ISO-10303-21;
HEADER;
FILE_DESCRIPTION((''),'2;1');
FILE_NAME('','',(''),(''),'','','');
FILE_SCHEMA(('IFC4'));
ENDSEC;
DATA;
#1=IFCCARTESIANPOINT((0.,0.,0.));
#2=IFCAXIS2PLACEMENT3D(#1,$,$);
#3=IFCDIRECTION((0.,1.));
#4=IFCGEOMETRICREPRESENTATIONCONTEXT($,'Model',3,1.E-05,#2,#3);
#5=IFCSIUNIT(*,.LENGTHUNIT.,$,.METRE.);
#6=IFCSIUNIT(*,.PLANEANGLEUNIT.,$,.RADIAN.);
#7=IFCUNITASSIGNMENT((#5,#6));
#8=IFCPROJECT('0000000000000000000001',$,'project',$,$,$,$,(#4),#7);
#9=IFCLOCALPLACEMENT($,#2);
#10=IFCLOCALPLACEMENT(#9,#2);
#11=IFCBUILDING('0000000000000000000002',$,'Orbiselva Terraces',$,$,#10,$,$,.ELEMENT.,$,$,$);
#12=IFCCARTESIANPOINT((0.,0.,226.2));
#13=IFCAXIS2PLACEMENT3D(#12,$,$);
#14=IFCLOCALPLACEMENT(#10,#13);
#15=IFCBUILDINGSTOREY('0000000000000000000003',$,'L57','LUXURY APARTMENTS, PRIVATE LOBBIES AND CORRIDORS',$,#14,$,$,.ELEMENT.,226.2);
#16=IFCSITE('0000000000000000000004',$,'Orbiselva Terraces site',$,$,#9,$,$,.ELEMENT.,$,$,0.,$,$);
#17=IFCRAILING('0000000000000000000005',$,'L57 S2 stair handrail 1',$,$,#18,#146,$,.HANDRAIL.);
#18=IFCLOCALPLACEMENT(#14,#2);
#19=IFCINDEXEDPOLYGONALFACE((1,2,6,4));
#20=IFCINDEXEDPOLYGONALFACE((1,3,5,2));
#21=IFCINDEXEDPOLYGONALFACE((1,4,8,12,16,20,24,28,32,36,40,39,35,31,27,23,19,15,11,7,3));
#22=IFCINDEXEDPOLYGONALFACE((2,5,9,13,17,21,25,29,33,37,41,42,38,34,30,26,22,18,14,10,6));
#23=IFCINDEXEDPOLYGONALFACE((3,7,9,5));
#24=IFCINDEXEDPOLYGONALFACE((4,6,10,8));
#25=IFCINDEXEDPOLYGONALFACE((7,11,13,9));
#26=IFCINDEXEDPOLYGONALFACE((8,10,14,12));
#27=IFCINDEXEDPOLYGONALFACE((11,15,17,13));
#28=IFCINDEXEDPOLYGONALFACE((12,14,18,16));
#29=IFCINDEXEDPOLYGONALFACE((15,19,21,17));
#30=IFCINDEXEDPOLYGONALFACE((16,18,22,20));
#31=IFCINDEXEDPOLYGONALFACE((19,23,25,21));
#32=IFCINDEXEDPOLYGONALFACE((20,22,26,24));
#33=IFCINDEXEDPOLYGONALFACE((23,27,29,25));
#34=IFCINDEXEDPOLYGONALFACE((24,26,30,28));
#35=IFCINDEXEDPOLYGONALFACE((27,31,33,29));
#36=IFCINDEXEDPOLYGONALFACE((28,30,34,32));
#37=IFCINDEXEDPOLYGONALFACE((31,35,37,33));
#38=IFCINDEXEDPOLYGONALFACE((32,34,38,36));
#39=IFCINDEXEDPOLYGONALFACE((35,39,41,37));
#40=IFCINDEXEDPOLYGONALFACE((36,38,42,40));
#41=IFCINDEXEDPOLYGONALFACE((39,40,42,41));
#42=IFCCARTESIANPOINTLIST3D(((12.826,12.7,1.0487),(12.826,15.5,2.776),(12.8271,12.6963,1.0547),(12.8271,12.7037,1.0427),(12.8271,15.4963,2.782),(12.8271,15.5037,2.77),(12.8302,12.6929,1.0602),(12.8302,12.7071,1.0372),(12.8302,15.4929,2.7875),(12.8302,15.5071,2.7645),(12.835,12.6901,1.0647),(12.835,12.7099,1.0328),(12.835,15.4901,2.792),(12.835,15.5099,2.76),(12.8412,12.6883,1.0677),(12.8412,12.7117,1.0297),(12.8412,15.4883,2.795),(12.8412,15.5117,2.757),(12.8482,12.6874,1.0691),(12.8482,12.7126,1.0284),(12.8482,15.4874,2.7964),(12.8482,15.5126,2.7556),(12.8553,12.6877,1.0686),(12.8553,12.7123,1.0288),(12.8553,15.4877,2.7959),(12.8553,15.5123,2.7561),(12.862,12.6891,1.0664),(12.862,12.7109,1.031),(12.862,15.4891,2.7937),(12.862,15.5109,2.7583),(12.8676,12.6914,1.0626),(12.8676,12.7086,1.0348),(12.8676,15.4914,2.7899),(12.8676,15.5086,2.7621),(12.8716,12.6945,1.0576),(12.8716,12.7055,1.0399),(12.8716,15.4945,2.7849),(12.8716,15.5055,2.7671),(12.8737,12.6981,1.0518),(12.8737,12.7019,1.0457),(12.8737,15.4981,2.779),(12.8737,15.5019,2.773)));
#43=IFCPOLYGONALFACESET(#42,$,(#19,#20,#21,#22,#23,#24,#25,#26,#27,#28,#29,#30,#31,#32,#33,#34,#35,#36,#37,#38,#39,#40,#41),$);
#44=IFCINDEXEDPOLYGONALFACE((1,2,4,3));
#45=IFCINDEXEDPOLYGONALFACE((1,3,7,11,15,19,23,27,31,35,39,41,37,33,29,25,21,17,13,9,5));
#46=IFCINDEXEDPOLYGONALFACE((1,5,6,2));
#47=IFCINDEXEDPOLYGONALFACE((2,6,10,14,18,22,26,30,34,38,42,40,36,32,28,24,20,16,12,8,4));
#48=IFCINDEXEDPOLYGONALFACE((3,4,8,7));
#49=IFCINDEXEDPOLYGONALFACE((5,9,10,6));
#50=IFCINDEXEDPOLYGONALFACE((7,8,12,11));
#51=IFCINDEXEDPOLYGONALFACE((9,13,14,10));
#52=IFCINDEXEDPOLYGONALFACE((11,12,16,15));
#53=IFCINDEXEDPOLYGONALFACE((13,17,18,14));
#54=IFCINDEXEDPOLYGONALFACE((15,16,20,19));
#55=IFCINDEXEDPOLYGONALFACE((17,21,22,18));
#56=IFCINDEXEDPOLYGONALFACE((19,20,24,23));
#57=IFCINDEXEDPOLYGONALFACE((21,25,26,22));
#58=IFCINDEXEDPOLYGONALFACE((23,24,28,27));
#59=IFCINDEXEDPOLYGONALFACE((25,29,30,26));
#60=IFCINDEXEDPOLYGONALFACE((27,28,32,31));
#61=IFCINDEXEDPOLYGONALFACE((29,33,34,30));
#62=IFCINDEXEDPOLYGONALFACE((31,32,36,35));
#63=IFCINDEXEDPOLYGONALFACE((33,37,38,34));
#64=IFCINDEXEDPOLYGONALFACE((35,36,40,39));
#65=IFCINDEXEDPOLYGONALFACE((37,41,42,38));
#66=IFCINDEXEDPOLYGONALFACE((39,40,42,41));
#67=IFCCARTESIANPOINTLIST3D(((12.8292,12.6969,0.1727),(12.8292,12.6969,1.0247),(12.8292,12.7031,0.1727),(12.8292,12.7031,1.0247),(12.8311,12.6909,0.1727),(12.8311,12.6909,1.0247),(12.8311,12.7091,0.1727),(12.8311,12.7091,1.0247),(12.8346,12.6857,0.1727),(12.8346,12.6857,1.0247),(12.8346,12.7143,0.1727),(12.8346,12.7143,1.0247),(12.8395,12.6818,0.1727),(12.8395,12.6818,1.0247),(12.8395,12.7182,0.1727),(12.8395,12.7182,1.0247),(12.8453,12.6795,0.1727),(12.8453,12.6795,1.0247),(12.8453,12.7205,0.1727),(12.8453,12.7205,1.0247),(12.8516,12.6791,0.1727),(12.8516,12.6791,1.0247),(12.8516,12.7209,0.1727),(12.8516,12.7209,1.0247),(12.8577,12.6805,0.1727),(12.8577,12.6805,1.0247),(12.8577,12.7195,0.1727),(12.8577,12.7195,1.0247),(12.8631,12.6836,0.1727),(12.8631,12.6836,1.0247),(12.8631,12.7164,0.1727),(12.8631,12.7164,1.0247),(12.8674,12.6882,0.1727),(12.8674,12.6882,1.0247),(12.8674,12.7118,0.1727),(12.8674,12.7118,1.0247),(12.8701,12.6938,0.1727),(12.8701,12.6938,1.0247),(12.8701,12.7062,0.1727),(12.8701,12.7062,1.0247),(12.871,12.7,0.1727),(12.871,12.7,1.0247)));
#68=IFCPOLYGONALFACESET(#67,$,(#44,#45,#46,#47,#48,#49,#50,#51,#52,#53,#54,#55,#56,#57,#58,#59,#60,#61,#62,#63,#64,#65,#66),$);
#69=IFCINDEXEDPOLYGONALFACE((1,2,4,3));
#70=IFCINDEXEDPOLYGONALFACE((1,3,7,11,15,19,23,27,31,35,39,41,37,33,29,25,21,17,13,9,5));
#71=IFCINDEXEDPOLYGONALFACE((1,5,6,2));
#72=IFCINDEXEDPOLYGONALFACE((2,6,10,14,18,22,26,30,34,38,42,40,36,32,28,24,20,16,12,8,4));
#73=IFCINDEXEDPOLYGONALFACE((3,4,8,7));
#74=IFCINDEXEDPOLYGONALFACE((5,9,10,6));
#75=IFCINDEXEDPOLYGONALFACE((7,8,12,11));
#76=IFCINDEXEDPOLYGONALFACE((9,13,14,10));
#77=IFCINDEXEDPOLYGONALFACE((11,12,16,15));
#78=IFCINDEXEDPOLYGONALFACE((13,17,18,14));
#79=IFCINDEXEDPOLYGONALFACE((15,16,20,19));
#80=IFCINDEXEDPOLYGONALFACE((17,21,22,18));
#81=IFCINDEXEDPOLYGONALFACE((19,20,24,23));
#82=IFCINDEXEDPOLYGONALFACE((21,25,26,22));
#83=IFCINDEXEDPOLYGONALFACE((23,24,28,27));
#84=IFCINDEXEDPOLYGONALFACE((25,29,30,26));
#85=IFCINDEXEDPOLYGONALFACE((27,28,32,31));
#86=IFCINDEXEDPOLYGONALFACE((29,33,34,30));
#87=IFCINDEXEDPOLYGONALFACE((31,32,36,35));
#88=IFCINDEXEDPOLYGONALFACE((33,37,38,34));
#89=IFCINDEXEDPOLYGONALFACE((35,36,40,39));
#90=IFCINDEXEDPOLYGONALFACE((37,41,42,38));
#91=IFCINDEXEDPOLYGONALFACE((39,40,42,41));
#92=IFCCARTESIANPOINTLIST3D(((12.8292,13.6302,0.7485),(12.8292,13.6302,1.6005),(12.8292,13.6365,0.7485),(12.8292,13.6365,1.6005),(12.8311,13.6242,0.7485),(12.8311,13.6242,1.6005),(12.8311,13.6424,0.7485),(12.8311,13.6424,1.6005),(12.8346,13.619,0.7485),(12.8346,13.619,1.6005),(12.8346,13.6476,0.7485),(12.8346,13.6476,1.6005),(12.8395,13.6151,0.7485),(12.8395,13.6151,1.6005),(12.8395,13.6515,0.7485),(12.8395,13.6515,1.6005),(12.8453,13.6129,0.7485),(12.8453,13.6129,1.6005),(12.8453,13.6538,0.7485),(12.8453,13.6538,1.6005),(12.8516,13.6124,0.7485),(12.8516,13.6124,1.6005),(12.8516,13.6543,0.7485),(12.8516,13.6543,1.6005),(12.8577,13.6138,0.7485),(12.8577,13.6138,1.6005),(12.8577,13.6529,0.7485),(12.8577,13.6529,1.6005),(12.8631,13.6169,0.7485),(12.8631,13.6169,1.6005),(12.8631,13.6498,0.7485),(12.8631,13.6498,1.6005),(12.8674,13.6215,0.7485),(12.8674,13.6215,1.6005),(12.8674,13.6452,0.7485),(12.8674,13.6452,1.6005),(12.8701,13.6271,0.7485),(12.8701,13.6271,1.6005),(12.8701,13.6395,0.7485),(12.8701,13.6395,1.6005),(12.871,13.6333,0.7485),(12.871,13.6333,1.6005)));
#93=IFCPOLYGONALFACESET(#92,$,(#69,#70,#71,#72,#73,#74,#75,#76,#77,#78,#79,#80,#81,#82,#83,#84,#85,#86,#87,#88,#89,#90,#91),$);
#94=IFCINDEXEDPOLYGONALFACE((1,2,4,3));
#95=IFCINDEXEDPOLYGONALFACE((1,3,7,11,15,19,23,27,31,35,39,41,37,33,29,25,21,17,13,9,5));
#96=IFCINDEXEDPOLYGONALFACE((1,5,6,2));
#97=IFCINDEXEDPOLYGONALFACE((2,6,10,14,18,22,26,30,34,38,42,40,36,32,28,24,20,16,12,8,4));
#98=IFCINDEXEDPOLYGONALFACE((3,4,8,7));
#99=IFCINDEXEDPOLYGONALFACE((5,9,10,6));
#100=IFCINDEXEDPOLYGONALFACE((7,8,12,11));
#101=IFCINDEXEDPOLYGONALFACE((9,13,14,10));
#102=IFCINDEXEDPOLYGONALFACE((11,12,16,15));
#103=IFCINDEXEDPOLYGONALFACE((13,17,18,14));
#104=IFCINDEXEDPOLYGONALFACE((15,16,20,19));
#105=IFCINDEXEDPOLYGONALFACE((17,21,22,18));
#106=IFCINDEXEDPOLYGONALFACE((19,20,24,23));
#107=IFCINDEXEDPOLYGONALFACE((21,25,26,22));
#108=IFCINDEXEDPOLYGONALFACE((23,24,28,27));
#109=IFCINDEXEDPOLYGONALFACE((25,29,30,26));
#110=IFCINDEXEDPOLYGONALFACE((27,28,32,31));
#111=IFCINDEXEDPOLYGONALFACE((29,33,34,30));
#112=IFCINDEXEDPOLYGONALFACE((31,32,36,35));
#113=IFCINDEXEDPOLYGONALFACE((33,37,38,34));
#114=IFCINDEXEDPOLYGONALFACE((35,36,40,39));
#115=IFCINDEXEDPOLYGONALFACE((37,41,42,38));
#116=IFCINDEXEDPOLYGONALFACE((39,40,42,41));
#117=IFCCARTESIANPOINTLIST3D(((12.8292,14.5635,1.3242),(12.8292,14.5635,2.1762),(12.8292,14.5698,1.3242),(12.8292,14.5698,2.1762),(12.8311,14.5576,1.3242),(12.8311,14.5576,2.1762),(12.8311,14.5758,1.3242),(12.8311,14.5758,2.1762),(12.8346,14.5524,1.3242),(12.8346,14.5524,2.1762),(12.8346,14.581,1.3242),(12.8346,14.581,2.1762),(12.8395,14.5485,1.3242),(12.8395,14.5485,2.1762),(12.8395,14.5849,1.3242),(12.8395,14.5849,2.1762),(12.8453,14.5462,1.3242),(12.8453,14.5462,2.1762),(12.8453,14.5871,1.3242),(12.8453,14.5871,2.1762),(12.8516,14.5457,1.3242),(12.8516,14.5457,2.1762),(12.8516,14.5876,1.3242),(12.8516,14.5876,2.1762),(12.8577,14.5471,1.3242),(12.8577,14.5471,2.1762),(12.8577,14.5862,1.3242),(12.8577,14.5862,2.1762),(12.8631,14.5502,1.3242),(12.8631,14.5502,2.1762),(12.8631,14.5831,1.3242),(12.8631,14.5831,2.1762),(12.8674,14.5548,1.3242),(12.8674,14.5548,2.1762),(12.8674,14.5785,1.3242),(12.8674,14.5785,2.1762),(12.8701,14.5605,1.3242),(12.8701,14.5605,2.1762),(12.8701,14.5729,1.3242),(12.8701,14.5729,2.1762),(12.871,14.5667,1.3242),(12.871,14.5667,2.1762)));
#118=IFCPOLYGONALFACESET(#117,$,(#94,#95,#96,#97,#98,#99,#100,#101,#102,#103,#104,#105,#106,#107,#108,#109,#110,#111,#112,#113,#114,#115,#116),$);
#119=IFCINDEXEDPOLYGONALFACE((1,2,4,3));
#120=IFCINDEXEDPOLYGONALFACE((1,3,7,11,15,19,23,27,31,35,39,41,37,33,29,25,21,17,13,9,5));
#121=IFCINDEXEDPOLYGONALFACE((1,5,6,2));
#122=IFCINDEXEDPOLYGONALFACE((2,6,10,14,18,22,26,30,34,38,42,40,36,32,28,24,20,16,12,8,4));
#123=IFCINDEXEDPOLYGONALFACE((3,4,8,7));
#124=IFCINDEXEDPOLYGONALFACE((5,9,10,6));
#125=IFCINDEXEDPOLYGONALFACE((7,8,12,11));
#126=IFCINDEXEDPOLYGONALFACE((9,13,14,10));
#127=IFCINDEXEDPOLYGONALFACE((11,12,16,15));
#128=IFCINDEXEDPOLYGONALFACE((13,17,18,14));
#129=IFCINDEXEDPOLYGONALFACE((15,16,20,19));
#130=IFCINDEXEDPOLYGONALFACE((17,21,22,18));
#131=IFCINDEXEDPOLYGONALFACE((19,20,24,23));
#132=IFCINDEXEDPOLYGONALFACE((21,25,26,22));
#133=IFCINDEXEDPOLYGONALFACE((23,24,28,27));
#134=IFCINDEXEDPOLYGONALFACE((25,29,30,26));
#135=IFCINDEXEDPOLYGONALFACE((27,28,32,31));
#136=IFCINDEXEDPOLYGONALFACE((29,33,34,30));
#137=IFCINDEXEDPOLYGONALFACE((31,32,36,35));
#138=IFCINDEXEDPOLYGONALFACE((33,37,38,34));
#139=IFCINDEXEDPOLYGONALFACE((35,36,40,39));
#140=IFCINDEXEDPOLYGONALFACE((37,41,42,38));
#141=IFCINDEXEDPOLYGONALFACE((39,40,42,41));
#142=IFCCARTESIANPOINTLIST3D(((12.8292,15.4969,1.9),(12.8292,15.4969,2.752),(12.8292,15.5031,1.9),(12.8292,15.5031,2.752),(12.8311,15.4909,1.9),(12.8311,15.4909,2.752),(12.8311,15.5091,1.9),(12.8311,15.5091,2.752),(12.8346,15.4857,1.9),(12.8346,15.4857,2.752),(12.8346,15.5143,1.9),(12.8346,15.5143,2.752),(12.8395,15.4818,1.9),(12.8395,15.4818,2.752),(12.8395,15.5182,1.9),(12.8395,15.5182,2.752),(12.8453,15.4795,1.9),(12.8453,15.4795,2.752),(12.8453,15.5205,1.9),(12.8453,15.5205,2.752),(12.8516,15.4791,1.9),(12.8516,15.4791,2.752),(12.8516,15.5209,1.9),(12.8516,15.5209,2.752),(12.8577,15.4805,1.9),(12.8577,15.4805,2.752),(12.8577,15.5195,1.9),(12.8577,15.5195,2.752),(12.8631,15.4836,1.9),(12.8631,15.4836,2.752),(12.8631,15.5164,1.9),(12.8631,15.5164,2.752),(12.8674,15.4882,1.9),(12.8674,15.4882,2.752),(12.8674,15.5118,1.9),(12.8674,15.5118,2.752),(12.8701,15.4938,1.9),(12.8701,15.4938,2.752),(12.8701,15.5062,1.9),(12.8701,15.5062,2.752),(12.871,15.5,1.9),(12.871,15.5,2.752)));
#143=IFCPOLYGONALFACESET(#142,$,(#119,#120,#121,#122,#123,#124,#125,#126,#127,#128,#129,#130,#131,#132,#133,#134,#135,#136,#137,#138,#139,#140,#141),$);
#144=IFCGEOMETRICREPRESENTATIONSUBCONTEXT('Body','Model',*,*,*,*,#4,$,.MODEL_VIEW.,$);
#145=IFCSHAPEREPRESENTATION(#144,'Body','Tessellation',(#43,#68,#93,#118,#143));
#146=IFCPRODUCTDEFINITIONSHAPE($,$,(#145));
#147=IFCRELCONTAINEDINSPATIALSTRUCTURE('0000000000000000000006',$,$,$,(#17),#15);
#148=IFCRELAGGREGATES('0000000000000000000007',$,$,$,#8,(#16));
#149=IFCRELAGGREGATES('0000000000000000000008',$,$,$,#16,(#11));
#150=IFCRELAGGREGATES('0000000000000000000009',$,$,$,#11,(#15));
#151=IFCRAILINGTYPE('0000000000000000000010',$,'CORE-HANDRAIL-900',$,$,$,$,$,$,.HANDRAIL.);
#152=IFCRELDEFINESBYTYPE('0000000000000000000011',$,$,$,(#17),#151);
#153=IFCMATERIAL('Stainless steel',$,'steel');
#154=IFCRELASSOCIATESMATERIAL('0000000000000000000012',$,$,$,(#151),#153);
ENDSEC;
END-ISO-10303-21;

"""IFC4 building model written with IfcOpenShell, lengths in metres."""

from ifc_helpers import new_model, si_unit, direction, frame, origin, origin_2d, place, context, subcontext, project, spatial, circle, extrude, material, type_object, element, save


model = new_model("IFC4")

# Units and contexts
model_context = context("Model", 3, precision=1e-05, world=origin(), true_north=direction((0.0, 1.0)))
body_context = subcontext(model_context, "Body", "Model", "MODEL_VIEW")
ifc_project = project(units=[si_unit("LENGTHUNIT", "METRE"), si_unit("PLANEANGLEUNIT", "RADIAN")], contexts=[model_context])

# Site, building, storey
site_placement = place(None, origin())
site = spatial("IfcSite", under=ifc_project, at=site_placement, Name="Orbiselva Terraces site", CompositionType="ELEMENT", RefElevation=0.0)
building_placement = place(site_placement, origin())
building = spatial("IfcBuilding", under=site, at=building_placement, Name="Orbiselva Terraces", CompositionType="ELEMENT")
storey_placement = place(building_placement, frame((0.0, 0.0, 226.2)))
storey = spatial("IfcBuildingStorey", under=building, at=storey_placement, Name="L57", Description="LUXURY APARTMENTS, PRIVATE LOBBIES AND CORRIDORS", CompositionType="ELEMENT", Elevation=226.2)

# Railing
ifc_material_1 = material(Name="Stainless steel", Category="steel")
railing_type = type_object("IfcRailingType", Name="CORE-HANDRAIL-900", PredefinedType="HANDRAIL", material=ifc_material_1)
railing_1_placement = place(storey_placement, frame((12.85, 12.7, 0.1727)))
element("IfcRailing", 1, at=railing_1_placement, inside=storey, type_object=railing_type, Name="L57 S2 stair handrail 1", PredefinedType="HANDRAIL", context=body_context, shape_type="SweptSolid", body=[
    extrude(circle(Radius=0.024, at=origin_2d()), frame((0.0, 0.0, 0.876), z_axis=(0.0, 0.851089, 0.525022), x_axis=(-1.0, 0.0, 0.0)), (0.0, 0.0, 1.0), 3.2899),
    extrude(circle(Radius=0.021, at=origin_2d()), origin(), (0.0, 0.0, 1.0), 0.852),
    extrude(circle(Radius=0.021, at=origin_2d()), frame((0.0, 0.9333, 0.5758)), (0.0, 0.0, 1.0), 0.852),
    extrude(circle(Radius=0.021, at=origin_2d()), frame((0.0, 1.8667, 1.1515)), (0.0, 0.0, 1.0), 0.852),
    extrude(circle(Radius=0.021, at=origin_2d()), frame((0.0, 2.8, 1.7273)), (0.0, 0.0, 1.0), 0.852),
])

save(model, "model.ifc")
